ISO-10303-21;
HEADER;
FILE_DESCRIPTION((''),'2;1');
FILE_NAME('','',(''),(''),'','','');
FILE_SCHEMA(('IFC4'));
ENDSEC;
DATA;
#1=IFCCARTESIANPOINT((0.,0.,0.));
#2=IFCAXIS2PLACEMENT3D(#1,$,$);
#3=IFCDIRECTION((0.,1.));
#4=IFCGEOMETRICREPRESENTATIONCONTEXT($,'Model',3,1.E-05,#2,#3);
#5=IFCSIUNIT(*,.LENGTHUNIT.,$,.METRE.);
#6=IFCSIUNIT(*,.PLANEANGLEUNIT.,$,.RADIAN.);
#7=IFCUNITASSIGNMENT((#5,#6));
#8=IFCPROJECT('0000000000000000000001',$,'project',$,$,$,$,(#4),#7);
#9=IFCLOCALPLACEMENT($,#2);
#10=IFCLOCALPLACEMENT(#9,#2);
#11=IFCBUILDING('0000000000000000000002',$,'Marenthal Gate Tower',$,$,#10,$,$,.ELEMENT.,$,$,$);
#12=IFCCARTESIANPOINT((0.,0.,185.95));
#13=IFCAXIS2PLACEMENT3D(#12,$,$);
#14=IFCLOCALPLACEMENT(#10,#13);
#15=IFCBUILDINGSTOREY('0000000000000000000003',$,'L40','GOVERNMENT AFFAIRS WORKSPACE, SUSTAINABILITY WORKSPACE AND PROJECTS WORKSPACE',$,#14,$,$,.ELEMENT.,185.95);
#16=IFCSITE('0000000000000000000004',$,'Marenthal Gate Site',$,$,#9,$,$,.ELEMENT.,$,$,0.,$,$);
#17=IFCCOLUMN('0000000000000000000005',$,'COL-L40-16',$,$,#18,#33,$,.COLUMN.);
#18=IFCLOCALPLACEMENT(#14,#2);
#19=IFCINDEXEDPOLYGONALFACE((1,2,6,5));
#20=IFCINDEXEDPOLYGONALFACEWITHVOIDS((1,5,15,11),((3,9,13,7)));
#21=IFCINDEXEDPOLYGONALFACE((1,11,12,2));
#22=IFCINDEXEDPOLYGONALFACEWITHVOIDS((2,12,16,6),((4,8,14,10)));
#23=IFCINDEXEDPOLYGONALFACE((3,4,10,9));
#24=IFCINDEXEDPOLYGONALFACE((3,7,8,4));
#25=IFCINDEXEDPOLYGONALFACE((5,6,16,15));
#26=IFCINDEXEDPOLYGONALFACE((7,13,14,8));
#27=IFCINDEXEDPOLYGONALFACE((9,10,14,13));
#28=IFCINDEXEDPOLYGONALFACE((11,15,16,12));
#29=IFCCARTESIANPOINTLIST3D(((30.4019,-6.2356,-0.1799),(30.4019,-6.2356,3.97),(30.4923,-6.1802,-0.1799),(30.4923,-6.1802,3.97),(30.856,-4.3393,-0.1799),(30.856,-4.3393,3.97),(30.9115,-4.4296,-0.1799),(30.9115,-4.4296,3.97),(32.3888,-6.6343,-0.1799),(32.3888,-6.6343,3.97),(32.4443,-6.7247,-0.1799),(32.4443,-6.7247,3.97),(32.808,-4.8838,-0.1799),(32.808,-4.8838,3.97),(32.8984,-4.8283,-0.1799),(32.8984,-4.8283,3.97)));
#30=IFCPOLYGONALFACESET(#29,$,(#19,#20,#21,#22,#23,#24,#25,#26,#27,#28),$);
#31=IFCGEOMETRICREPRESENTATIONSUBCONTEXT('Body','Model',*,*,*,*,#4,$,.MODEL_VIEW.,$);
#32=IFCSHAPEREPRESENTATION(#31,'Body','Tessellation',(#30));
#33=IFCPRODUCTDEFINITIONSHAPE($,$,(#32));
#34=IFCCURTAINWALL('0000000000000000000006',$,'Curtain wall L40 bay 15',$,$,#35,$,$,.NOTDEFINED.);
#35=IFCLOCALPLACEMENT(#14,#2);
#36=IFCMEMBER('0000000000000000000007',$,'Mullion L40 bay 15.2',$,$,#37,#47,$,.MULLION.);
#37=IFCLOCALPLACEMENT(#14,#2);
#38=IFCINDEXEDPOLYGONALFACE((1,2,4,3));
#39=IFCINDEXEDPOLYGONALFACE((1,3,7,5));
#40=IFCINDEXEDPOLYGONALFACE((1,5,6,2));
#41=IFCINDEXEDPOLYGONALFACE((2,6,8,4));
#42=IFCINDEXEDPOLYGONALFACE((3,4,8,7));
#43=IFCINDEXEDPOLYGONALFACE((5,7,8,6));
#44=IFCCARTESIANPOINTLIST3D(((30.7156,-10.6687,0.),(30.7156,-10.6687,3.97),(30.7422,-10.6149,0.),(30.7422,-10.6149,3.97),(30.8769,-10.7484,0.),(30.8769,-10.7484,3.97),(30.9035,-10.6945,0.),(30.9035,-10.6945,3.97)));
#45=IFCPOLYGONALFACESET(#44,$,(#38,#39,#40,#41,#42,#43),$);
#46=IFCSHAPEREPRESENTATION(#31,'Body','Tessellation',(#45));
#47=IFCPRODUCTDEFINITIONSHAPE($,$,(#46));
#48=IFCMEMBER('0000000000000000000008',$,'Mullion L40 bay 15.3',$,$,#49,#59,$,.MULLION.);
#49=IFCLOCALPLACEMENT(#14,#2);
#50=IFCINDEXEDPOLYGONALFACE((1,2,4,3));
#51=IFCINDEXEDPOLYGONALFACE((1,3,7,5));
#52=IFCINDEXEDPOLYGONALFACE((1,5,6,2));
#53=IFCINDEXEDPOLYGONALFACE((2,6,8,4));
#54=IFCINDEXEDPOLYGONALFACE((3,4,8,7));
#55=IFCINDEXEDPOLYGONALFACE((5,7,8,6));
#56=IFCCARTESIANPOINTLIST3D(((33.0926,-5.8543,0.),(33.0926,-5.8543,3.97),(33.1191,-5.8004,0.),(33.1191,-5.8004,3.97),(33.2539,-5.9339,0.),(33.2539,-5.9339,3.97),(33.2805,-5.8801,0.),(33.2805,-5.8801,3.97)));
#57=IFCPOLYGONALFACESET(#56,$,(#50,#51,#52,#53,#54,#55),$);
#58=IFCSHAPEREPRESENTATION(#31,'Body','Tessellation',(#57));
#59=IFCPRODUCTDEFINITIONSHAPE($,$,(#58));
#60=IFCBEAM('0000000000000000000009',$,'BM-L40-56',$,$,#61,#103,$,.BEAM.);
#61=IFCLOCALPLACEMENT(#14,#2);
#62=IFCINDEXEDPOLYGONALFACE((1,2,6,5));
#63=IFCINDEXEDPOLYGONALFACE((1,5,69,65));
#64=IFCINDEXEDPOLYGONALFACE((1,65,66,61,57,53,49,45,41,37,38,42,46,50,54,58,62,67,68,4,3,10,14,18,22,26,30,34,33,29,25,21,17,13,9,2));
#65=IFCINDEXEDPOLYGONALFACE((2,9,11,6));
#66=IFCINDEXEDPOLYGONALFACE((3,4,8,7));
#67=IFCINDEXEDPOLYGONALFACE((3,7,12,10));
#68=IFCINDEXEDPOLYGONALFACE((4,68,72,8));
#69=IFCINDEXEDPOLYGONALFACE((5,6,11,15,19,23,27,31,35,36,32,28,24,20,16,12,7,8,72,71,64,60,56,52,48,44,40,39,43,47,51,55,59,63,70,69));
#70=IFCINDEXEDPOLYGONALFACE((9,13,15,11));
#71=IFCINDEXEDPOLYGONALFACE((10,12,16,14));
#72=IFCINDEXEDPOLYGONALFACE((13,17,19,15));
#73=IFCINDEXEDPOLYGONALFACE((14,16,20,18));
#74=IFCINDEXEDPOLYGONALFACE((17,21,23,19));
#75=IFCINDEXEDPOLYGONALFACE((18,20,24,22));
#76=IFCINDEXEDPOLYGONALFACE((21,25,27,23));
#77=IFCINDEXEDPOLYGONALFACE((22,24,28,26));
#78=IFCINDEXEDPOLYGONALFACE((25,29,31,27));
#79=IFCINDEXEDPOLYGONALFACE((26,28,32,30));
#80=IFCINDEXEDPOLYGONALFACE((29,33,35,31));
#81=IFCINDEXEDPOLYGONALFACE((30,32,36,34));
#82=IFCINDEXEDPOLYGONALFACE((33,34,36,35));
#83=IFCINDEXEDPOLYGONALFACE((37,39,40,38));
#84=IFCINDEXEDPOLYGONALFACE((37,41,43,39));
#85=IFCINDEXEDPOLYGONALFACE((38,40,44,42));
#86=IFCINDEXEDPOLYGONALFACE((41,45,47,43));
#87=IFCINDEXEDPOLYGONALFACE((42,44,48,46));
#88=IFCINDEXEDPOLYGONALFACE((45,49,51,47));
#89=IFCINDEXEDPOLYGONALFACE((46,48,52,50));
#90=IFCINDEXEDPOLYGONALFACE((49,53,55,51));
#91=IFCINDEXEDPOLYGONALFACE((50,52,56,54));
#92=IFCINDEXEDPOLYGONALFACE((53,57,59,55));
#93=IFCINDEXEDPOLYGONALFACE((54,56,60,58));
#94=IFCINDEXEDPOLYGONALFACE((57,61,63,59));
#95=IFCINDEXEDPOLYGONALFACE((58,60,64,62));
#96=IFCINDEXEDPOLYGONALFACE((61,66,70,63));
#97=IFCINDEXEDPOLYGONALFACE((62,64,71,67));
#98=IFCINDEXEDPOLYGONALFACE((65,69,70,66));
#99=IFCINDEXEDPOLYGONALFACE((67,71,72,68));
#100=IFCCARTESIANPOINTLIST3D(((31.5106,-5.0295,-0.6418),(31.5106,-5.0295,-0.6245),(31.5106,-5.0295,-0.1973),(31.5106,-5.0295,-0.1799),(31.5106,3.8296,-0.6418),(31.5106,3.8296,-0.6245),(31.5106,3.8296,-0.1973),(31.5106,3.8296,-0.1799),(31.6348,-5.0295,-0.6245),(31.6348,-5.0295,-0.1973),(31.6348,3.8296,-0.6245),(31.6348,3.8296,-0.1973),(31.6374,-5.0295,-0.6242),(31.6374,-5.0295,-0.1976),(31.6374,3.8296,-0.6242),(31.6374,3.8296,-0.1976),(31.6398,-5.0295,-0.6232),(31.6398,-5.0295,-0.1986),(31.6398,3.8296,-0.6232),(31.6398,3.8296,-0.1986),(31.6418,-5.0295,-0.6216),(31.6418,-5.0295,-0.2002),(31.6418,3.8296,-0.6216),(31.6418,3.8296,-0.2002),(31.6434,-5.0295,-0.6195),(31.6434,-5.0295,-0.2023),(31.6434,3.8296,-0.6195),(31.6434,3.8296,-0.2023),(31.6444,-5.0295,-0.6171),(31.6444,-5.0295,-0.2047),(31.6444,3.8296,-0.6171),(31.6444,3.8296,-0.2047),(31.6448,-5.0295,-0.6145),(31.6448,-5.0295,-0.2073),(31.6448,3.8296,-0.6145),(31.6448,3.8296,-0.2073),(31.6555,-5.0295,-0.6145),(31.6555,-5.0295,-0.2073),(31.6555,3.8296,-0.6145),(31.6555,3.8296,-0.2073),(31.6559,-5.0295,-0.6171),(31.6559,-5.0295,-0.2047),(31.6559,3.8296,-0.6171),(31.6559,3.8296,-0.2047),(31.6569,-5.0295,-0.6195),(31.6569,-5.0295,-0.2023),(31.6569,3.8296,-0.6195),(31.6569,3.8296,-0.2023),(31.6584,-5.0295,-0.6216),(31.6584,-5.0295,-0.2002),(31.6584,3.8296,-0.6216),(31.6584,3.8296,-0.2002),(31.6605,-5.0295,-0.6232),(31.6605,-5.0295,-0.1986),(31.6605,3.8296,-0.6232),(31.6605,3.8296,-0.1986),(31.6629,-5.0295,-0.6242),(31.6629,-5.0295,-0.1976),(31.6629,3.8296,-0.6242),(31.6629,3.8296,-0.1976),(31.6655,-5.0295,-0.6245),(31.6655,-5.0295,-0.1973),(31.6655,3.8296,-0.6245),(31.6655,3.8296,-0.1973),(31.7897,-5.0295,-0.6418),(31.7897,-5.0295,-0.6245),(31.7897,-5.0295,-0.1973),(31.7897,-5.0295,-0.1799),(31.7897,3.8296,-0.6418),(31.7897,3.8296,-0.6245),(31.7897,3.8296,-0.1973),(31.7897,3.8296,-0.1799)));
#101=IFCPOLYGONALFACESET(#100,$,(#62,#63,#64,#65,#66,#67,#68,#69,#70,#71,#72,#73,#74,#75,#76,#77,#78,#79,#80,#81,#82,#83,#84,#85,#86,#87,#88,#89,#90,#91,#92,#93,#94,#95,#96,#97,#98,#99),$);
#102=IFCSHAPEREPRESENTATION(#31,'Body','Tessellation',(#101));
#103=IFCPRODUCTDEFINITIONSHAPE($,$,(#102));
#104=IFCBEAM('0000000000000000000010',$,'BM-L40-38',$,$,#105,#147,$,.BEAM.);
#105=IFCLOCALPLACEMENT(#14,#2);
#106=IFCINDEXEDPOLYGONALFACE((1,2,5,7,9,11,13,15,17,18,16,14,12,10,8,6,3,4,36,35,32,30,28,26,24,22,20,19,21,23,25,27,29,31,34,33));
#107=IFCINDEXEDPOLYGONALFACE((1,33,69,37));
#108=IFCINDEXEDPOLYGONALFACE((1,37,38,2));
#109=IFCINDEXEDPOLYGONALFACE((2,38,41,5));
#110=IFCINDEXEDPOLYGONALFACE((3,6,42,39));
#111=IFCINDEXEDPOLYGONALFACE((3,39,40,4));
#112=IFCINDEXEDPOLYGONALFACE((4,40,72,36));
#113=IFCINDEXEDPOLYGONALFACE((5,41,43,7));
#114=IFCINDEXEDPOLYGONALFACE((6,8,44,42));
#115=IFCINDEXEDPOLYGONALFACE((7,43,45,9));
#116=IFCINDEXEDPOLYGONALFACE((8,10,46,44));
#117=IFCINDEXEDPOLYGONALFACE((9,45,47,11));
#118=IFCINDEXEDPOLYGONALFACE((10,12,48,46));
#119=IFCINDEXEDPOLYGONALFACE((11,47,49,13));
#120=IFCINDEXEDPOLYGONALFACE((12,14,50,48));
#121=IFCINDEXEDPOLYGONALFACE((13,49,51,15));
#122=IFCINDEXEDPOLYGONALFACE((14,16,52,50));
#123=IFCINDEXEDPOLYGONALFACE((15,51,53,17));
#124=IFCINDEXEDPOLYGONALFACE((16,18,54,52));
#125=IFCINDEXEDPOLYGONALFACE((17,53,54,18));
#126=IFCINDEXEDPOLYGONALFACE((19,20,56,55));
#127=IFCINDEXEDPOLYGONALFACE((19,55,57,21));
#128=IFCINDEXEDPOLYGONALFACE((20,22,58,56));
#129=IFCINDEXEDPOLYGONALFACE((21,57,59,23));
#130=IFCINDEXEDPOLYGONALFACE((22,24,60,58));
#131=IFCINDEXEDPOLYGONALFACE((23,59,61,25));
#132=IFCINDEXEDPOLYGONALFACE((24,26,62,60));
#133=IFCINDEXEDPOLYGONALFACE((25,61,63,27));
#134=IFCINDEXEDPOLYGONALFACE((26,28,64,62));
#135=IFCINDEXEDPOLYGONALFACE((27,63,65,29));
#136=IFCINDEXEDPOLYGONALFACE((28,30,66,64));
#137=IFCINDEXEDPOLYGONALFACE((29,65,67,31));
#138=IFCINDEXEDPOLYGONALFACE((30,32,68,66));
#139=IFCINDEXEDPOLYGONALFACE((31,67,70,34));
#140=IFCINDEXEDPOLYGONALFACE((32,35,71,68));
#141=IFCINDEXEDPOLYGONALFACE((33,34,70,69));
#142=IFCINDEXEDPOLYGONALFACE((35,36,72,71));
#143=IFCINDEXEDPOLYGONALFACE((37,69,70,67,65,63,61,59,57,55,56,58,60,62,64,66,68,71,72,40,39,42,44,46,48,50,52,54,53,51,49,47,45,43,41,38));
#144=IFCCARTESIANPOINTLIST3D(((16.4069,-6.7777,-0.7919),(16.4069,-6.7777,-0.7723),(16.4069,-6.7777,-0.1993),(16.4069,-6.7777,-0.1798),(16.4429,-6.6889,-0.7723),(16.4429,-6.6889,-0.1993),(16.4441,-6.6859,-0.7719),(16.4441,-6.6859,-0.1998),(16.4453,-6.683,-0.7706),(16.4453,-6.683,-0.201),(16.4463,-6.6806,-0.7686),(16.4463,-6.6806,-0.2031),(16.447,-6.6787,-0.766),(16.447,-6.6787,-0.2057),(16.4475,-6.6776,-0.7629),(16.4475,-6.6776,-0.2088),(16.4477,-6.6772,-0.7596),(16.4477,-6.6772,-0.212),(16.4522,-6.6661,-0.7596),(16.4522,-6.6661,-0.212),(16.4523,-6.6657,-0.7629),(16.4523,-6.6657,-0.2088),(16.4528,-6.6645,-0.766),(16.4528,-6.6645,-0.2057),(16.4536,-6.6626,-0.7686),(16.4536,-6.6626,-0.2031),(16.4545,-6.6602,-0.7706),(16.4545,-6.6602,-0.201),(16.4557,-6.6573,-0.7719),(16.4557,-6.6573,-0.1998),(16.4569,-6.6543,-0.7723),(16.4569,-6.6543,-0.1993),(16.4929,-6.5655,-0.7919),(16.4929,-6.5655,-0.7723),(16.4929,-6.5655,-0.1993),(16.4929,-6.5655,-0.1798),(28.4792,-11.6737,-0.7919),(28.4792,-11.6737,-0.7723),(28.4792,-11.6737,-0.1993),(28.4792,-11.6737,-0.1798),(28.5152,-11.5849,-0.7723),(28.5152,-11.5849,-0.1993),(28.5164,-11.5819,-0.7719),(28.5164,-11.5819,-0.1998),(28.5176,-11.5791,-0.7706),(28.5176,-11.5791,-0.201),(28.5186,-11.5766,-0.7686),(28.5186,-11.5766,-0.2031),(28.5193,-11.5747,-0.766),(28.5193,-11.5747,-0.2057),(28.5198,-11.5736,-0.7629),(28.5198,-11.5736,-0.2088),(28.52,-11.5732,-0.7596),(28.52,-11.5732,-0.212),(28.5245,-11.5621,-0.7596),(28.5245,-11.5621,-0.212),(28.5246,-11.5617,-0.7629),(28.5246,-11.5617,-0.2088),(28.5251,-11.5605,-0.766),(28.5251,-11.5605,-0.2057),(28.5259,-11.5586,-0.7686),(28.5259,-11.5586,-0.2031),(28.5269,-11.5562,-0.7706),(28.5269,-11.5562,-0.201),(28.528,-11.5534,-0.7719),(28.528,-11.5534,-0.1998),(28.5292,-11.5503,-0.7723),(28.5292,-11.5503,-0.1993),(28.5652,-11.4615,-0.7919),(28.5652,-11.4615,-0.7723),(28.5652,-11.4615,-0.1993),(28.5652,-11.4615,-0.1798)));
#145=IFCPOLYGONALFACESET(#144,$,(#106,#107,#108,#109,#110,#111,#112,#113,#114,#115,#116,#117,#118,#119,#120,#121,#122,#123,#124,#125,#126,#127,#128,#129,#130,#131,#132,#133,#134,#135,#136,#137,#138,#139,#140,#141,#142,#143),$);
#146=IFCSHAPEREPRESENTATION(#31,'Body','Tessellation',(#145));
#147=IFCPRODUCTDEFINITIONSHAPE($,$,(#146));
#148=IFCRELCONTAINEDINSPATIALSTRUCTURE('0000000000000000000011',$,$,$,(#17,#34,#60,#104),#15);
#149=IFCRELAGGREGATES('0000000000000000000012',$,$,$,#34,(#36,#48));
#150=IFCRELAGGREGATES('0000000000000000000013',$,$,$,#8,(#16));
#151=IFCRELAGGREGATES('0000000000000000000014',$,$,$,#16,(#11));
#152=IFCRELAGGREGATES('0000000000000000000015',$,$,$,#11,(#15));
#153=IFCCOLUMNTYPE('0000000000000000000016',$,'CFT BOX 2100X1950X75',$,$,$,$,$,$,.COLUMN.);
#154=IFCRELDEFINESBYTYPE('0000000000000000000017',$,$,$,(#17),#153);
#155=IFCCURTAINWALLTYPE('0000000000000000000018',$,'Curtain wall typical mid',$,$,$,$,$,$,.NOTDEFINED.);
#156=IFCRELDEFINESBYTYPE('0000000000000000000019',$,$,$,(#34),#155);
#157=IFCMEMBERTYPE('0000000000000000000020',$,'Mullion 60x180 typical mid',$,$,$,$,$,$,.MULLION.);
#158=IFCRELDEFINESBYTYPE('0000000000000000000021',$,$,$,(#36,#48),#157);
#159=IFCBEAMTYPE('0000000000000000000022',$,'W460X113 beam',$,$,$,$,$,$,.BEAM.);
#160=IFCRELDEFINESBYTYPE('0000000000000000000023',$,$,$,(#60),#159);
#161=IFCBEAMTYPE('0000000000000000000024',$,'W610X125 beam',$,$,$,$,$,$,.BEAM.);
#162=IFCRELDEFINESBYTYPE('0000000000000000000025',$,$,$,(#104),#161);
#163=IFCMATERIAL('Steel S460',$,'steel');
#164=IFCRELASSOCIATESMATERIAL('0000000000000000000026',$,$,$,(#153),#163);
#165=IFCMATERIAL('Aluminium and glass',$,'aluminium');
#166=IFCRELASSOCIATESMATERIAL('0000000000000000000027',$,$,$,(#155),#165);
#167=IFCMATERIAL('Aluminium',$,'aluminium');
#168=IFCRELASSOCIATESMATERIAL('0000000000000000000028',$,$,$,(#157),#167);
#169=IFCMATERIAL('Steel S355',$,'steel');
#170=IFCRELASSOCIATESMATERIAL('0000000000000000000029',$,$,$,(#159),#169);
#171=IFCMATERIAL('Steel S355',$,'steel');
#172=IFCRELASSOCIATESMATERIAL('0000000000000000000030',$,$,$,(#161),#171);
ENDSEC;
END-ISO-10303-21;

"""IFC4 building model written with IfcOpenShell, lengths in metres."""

from ifc_helpers import new_model, si_unit, direction, frame, origin, origin_2d, place, context, subcontext, project, spatial, rectangle, hollow_rectangle, i_section, extrude, material, material_profile, profile_set, type_object, element, aggregate, save


model = new_model("IFC4")

# Units and contexts
model_context = context("Model", 3, precision=1e-05, world=origin(), true_north=direction((0.0, 1.0)))
body_context = subcontext(model_context, "Body", "Model", "MODEL_VIEW")
ifc_project = project(units=[si_unit("LENGTHUNIT", "METRE"), si_unit("PLANEANGLEUNIT", "RADIAN")], contexts=[model_context])

# Site, building, storey
site_placement = place(None, origin())
site = spatial("IfcSite", under=ifc_project, at=site_placement, Name="Marenthal Gate Site", CompositionType="ELEMENT", RefElevation=0.0)
building_placement = place(site_placement, origin())
building = spatial("IfcBuilding", under=site, at=building_placement, Name="Marenthal Gate Tower", CompositionType="ELEMENT")
storey_placement = place(building_placement, frame((0.0, 0.0, 185.95)))
storey = spatial("IfcBuildingStorey", under=building, at=storey_placement, Name="L40", Description="GOVERNMENT AFFAIRS WORKSPACE, SUSTAINABILITY WORKSPACE AND PROJECTS WORKSPACE", CompositionType="ELEMENT", Elevation=185.95)

# Column
ifc_material_1 = material(Name="Steel S460", Category="steel")
ifc_material_profile_1 = material_profile(ifc_material_1, hollow_rectangle(XDim=1.95, YDim=2.1001, WallThickness=0.075, at=origin_2d()), Name="CFT BOX 2100X1950X75")
ifc_material_2 = material(Name="Concrete 70 MPa", Category="concrete")
ifc_material_profile_2 = material_profile(ifc_material_2, rectangle(XDim=1.8, YDim=1.95, at=origin_2d()), Name="CFT BOX 2100X1950X75 INFILL")
ifc_profile_set_1 = profile_set([ifc_material_profile_1, ifc_material_profile_2], Name="Steel S460 shell, Concrete 70 MPa infill")
column_type = type_object("IfcColumnType", Name="CFT BOX 2100X1950X75", PredefinedType="COLUMN", material=ifc_profile_set_1)
column_placement = place(storey_placement, frame((31.6501, -5.532, -0.1799), z_axis=(0.0, 0.0, 1.0), x_axis=(-0.23288, -0.972505, 0.0)))
element("IfcColumn", 1, at=column_placement, inside=storey, type_object=column_type, Name="COL-L40-16", PredefinedType="COLUMN", context=body_context, shape_type="SweptSolid", body=[
    extrude(hollow_rectangle(XDim=1.95, YDim=2.1001, WallThickness=0.075, at=origin_2d()), origin(), (0.0, 0.0, 1.0), 4.1499),
])

# Curtain wall, members
ifc_material_3 = material(Name="Aluminium and glass", Category="aluminium")
curtain_wall_type = type_object("IfcCurtainWallType", Name="Curtain wall typical mid", PredefinedType="NOTDEFINED", material=ifc_material_3)
curtain_wall_placement = place(storey_placement, origin())
curtain_wall = element("IfcCurtainWall", 2, at=curtain_wall_placement, inside=storey, type_object=curtain_wall_type, Name="Curtain wall L40 bay 15", PredefinedType="NOTDEFINED")
ifc_material_4 = material(Name="Aluminium", Category="aluminium")
ifc_material_profile_3 = material_profile(ifc_material_4, rectangle(XDim=0.1799, YDim=0.0601, at=origin_2d()), Name="60x180 aluminium mullion")
ifc_profile_set_2 = profile_set([ifc_material_profile_3], Name="Aluminium")
member_type = type_object("IfcMemberType", Name="Mullion 60x180 typical mid", PredefinedType="MULLION", material=ifc_profile_set_2)
member_1_placement = place(storey_placement, frame((30.8096, -10.6816, 0.0), z_axis=(0.0, 0.0, 1.0), x_axis=(-0.896681, 0.442678, 0.0)))
member_1 = element("IfcMember", 3, at=member_1_placement, type_object=member_type, Name="Mullion L40 bay 15.2", PredefinedType="MULLION", context=body_context, shape_type="SweptSolid", body=[
    extrude(rectangle(XDim=0.1799, YDim=0.0601, at=origin_2d()), origin(), (0.0, 0.0, 1.0), 3.97),
])
member_2_placement = place(storey_placement, frame((33.1865, -5.8672, 0.0), z_axis=(0.0, 0.0, 1.0), x_axis=(-0.896681, 0.442678, 0.0)))
member_2 = element("IfcMember", 4, at=member_2_placement, type_object=member_type, Name="Mullion L40 bay 15.3", PredefinedType="MULLION", context=body_context, shape_type="SweptSolid", body=[
    extrude(rectangle(XDim=0.1799, YDim=0.0601, at=origin_2d()), origin(), (0.0, 0.0, 1.0), 3.97),
])

# Beams
ifc_material_5 = material(Name="Steel S355", Category="steel")
ifc_material_profile_4 = material_profile(ifc_material_5, i_section(OverallWidth=0.2791, OverallDepth=0.4619, WebThickness=0.0107, FlangeThickness=0.0173, FilletRadius=0.01, at=origin_2d()), Name="W460X113")
ifc_profile_set_3 = profile_set([ifc_material_profile_4], Name="Steel S355")
beam_type_1 = type_object("IfcBeamType", Name="W460X113 beam", PredefinedType="BEAM", material=ifc_profile_set_3)
beam_1_placement = place(storey_placement, frame((31.6501, -5.0295, -0.4109), z_axis=(0.0, 1.0, 0.0), x_axis=(-1.0, 0.0, 0.0)))
element("IfcBeam", 5, at=beam_1_placement, inside=storey, type_object=beam_type_1, Name="BM-L40-56", PredefinedType="BEAM", context=body_context, shape_type="SweptSolid", body=[
    extrude(i_section(OverallWidth=0.2791, OverallDepth=0.4619, WebThickness=0.0107, FlangeThickness=0.0173, FilletRadius=0.01, at=origin_2d()), origin(), (0.0, 0.0, 1.0), 8.8591),
])
ifc_material_6 = material(Name="Steel S355", Category="steel")
ifc_material_profile_5 = material_profile(ifc_material_6, i_section(OverallWidth=0.229, OverallDepth=0.6121, WebThickness=0.012, FlangeThickness=0.0195, FilletRadius=0.0127, at=origin_2d()), Name="W610X125")
ifc_profile_set_4 = profile_set([ifc_material_profile_5], Name="Steel S355")
beam_type_2 = type_object("IfcBeamType", Name="W610X125 beam", PredefinedType="BEAM", material=ifc_profile_set_4)
beam_2_placement = place(storey_placement, frame((28.5222, -11.5676, -0.4858), z_axis=(-0.92669, 0.375826, 0.0), x_axis=(-0.375826, -0.92669, 0.0)))
element("IfcBeam", 6, at=beam_2_placement, inside=storey, type_object=beam_type_2, Name="BM-L40-38", PredefinedType="BEAM", context=body_context, shape_type="SweptSolid", body=[
    extrude(i_section(OverallWidth=0.229, OverallDepth=0.6121, WebThickness=0.012, FlangeThickness=0.0195, FilletRadius=0.0127, at=origin_2d()), origin(), (0.0, 0.0, 1.0), 13.0273),
])

aggregate(curtain_wall, [member_1, member_2])

save(model, "model.ifc")
